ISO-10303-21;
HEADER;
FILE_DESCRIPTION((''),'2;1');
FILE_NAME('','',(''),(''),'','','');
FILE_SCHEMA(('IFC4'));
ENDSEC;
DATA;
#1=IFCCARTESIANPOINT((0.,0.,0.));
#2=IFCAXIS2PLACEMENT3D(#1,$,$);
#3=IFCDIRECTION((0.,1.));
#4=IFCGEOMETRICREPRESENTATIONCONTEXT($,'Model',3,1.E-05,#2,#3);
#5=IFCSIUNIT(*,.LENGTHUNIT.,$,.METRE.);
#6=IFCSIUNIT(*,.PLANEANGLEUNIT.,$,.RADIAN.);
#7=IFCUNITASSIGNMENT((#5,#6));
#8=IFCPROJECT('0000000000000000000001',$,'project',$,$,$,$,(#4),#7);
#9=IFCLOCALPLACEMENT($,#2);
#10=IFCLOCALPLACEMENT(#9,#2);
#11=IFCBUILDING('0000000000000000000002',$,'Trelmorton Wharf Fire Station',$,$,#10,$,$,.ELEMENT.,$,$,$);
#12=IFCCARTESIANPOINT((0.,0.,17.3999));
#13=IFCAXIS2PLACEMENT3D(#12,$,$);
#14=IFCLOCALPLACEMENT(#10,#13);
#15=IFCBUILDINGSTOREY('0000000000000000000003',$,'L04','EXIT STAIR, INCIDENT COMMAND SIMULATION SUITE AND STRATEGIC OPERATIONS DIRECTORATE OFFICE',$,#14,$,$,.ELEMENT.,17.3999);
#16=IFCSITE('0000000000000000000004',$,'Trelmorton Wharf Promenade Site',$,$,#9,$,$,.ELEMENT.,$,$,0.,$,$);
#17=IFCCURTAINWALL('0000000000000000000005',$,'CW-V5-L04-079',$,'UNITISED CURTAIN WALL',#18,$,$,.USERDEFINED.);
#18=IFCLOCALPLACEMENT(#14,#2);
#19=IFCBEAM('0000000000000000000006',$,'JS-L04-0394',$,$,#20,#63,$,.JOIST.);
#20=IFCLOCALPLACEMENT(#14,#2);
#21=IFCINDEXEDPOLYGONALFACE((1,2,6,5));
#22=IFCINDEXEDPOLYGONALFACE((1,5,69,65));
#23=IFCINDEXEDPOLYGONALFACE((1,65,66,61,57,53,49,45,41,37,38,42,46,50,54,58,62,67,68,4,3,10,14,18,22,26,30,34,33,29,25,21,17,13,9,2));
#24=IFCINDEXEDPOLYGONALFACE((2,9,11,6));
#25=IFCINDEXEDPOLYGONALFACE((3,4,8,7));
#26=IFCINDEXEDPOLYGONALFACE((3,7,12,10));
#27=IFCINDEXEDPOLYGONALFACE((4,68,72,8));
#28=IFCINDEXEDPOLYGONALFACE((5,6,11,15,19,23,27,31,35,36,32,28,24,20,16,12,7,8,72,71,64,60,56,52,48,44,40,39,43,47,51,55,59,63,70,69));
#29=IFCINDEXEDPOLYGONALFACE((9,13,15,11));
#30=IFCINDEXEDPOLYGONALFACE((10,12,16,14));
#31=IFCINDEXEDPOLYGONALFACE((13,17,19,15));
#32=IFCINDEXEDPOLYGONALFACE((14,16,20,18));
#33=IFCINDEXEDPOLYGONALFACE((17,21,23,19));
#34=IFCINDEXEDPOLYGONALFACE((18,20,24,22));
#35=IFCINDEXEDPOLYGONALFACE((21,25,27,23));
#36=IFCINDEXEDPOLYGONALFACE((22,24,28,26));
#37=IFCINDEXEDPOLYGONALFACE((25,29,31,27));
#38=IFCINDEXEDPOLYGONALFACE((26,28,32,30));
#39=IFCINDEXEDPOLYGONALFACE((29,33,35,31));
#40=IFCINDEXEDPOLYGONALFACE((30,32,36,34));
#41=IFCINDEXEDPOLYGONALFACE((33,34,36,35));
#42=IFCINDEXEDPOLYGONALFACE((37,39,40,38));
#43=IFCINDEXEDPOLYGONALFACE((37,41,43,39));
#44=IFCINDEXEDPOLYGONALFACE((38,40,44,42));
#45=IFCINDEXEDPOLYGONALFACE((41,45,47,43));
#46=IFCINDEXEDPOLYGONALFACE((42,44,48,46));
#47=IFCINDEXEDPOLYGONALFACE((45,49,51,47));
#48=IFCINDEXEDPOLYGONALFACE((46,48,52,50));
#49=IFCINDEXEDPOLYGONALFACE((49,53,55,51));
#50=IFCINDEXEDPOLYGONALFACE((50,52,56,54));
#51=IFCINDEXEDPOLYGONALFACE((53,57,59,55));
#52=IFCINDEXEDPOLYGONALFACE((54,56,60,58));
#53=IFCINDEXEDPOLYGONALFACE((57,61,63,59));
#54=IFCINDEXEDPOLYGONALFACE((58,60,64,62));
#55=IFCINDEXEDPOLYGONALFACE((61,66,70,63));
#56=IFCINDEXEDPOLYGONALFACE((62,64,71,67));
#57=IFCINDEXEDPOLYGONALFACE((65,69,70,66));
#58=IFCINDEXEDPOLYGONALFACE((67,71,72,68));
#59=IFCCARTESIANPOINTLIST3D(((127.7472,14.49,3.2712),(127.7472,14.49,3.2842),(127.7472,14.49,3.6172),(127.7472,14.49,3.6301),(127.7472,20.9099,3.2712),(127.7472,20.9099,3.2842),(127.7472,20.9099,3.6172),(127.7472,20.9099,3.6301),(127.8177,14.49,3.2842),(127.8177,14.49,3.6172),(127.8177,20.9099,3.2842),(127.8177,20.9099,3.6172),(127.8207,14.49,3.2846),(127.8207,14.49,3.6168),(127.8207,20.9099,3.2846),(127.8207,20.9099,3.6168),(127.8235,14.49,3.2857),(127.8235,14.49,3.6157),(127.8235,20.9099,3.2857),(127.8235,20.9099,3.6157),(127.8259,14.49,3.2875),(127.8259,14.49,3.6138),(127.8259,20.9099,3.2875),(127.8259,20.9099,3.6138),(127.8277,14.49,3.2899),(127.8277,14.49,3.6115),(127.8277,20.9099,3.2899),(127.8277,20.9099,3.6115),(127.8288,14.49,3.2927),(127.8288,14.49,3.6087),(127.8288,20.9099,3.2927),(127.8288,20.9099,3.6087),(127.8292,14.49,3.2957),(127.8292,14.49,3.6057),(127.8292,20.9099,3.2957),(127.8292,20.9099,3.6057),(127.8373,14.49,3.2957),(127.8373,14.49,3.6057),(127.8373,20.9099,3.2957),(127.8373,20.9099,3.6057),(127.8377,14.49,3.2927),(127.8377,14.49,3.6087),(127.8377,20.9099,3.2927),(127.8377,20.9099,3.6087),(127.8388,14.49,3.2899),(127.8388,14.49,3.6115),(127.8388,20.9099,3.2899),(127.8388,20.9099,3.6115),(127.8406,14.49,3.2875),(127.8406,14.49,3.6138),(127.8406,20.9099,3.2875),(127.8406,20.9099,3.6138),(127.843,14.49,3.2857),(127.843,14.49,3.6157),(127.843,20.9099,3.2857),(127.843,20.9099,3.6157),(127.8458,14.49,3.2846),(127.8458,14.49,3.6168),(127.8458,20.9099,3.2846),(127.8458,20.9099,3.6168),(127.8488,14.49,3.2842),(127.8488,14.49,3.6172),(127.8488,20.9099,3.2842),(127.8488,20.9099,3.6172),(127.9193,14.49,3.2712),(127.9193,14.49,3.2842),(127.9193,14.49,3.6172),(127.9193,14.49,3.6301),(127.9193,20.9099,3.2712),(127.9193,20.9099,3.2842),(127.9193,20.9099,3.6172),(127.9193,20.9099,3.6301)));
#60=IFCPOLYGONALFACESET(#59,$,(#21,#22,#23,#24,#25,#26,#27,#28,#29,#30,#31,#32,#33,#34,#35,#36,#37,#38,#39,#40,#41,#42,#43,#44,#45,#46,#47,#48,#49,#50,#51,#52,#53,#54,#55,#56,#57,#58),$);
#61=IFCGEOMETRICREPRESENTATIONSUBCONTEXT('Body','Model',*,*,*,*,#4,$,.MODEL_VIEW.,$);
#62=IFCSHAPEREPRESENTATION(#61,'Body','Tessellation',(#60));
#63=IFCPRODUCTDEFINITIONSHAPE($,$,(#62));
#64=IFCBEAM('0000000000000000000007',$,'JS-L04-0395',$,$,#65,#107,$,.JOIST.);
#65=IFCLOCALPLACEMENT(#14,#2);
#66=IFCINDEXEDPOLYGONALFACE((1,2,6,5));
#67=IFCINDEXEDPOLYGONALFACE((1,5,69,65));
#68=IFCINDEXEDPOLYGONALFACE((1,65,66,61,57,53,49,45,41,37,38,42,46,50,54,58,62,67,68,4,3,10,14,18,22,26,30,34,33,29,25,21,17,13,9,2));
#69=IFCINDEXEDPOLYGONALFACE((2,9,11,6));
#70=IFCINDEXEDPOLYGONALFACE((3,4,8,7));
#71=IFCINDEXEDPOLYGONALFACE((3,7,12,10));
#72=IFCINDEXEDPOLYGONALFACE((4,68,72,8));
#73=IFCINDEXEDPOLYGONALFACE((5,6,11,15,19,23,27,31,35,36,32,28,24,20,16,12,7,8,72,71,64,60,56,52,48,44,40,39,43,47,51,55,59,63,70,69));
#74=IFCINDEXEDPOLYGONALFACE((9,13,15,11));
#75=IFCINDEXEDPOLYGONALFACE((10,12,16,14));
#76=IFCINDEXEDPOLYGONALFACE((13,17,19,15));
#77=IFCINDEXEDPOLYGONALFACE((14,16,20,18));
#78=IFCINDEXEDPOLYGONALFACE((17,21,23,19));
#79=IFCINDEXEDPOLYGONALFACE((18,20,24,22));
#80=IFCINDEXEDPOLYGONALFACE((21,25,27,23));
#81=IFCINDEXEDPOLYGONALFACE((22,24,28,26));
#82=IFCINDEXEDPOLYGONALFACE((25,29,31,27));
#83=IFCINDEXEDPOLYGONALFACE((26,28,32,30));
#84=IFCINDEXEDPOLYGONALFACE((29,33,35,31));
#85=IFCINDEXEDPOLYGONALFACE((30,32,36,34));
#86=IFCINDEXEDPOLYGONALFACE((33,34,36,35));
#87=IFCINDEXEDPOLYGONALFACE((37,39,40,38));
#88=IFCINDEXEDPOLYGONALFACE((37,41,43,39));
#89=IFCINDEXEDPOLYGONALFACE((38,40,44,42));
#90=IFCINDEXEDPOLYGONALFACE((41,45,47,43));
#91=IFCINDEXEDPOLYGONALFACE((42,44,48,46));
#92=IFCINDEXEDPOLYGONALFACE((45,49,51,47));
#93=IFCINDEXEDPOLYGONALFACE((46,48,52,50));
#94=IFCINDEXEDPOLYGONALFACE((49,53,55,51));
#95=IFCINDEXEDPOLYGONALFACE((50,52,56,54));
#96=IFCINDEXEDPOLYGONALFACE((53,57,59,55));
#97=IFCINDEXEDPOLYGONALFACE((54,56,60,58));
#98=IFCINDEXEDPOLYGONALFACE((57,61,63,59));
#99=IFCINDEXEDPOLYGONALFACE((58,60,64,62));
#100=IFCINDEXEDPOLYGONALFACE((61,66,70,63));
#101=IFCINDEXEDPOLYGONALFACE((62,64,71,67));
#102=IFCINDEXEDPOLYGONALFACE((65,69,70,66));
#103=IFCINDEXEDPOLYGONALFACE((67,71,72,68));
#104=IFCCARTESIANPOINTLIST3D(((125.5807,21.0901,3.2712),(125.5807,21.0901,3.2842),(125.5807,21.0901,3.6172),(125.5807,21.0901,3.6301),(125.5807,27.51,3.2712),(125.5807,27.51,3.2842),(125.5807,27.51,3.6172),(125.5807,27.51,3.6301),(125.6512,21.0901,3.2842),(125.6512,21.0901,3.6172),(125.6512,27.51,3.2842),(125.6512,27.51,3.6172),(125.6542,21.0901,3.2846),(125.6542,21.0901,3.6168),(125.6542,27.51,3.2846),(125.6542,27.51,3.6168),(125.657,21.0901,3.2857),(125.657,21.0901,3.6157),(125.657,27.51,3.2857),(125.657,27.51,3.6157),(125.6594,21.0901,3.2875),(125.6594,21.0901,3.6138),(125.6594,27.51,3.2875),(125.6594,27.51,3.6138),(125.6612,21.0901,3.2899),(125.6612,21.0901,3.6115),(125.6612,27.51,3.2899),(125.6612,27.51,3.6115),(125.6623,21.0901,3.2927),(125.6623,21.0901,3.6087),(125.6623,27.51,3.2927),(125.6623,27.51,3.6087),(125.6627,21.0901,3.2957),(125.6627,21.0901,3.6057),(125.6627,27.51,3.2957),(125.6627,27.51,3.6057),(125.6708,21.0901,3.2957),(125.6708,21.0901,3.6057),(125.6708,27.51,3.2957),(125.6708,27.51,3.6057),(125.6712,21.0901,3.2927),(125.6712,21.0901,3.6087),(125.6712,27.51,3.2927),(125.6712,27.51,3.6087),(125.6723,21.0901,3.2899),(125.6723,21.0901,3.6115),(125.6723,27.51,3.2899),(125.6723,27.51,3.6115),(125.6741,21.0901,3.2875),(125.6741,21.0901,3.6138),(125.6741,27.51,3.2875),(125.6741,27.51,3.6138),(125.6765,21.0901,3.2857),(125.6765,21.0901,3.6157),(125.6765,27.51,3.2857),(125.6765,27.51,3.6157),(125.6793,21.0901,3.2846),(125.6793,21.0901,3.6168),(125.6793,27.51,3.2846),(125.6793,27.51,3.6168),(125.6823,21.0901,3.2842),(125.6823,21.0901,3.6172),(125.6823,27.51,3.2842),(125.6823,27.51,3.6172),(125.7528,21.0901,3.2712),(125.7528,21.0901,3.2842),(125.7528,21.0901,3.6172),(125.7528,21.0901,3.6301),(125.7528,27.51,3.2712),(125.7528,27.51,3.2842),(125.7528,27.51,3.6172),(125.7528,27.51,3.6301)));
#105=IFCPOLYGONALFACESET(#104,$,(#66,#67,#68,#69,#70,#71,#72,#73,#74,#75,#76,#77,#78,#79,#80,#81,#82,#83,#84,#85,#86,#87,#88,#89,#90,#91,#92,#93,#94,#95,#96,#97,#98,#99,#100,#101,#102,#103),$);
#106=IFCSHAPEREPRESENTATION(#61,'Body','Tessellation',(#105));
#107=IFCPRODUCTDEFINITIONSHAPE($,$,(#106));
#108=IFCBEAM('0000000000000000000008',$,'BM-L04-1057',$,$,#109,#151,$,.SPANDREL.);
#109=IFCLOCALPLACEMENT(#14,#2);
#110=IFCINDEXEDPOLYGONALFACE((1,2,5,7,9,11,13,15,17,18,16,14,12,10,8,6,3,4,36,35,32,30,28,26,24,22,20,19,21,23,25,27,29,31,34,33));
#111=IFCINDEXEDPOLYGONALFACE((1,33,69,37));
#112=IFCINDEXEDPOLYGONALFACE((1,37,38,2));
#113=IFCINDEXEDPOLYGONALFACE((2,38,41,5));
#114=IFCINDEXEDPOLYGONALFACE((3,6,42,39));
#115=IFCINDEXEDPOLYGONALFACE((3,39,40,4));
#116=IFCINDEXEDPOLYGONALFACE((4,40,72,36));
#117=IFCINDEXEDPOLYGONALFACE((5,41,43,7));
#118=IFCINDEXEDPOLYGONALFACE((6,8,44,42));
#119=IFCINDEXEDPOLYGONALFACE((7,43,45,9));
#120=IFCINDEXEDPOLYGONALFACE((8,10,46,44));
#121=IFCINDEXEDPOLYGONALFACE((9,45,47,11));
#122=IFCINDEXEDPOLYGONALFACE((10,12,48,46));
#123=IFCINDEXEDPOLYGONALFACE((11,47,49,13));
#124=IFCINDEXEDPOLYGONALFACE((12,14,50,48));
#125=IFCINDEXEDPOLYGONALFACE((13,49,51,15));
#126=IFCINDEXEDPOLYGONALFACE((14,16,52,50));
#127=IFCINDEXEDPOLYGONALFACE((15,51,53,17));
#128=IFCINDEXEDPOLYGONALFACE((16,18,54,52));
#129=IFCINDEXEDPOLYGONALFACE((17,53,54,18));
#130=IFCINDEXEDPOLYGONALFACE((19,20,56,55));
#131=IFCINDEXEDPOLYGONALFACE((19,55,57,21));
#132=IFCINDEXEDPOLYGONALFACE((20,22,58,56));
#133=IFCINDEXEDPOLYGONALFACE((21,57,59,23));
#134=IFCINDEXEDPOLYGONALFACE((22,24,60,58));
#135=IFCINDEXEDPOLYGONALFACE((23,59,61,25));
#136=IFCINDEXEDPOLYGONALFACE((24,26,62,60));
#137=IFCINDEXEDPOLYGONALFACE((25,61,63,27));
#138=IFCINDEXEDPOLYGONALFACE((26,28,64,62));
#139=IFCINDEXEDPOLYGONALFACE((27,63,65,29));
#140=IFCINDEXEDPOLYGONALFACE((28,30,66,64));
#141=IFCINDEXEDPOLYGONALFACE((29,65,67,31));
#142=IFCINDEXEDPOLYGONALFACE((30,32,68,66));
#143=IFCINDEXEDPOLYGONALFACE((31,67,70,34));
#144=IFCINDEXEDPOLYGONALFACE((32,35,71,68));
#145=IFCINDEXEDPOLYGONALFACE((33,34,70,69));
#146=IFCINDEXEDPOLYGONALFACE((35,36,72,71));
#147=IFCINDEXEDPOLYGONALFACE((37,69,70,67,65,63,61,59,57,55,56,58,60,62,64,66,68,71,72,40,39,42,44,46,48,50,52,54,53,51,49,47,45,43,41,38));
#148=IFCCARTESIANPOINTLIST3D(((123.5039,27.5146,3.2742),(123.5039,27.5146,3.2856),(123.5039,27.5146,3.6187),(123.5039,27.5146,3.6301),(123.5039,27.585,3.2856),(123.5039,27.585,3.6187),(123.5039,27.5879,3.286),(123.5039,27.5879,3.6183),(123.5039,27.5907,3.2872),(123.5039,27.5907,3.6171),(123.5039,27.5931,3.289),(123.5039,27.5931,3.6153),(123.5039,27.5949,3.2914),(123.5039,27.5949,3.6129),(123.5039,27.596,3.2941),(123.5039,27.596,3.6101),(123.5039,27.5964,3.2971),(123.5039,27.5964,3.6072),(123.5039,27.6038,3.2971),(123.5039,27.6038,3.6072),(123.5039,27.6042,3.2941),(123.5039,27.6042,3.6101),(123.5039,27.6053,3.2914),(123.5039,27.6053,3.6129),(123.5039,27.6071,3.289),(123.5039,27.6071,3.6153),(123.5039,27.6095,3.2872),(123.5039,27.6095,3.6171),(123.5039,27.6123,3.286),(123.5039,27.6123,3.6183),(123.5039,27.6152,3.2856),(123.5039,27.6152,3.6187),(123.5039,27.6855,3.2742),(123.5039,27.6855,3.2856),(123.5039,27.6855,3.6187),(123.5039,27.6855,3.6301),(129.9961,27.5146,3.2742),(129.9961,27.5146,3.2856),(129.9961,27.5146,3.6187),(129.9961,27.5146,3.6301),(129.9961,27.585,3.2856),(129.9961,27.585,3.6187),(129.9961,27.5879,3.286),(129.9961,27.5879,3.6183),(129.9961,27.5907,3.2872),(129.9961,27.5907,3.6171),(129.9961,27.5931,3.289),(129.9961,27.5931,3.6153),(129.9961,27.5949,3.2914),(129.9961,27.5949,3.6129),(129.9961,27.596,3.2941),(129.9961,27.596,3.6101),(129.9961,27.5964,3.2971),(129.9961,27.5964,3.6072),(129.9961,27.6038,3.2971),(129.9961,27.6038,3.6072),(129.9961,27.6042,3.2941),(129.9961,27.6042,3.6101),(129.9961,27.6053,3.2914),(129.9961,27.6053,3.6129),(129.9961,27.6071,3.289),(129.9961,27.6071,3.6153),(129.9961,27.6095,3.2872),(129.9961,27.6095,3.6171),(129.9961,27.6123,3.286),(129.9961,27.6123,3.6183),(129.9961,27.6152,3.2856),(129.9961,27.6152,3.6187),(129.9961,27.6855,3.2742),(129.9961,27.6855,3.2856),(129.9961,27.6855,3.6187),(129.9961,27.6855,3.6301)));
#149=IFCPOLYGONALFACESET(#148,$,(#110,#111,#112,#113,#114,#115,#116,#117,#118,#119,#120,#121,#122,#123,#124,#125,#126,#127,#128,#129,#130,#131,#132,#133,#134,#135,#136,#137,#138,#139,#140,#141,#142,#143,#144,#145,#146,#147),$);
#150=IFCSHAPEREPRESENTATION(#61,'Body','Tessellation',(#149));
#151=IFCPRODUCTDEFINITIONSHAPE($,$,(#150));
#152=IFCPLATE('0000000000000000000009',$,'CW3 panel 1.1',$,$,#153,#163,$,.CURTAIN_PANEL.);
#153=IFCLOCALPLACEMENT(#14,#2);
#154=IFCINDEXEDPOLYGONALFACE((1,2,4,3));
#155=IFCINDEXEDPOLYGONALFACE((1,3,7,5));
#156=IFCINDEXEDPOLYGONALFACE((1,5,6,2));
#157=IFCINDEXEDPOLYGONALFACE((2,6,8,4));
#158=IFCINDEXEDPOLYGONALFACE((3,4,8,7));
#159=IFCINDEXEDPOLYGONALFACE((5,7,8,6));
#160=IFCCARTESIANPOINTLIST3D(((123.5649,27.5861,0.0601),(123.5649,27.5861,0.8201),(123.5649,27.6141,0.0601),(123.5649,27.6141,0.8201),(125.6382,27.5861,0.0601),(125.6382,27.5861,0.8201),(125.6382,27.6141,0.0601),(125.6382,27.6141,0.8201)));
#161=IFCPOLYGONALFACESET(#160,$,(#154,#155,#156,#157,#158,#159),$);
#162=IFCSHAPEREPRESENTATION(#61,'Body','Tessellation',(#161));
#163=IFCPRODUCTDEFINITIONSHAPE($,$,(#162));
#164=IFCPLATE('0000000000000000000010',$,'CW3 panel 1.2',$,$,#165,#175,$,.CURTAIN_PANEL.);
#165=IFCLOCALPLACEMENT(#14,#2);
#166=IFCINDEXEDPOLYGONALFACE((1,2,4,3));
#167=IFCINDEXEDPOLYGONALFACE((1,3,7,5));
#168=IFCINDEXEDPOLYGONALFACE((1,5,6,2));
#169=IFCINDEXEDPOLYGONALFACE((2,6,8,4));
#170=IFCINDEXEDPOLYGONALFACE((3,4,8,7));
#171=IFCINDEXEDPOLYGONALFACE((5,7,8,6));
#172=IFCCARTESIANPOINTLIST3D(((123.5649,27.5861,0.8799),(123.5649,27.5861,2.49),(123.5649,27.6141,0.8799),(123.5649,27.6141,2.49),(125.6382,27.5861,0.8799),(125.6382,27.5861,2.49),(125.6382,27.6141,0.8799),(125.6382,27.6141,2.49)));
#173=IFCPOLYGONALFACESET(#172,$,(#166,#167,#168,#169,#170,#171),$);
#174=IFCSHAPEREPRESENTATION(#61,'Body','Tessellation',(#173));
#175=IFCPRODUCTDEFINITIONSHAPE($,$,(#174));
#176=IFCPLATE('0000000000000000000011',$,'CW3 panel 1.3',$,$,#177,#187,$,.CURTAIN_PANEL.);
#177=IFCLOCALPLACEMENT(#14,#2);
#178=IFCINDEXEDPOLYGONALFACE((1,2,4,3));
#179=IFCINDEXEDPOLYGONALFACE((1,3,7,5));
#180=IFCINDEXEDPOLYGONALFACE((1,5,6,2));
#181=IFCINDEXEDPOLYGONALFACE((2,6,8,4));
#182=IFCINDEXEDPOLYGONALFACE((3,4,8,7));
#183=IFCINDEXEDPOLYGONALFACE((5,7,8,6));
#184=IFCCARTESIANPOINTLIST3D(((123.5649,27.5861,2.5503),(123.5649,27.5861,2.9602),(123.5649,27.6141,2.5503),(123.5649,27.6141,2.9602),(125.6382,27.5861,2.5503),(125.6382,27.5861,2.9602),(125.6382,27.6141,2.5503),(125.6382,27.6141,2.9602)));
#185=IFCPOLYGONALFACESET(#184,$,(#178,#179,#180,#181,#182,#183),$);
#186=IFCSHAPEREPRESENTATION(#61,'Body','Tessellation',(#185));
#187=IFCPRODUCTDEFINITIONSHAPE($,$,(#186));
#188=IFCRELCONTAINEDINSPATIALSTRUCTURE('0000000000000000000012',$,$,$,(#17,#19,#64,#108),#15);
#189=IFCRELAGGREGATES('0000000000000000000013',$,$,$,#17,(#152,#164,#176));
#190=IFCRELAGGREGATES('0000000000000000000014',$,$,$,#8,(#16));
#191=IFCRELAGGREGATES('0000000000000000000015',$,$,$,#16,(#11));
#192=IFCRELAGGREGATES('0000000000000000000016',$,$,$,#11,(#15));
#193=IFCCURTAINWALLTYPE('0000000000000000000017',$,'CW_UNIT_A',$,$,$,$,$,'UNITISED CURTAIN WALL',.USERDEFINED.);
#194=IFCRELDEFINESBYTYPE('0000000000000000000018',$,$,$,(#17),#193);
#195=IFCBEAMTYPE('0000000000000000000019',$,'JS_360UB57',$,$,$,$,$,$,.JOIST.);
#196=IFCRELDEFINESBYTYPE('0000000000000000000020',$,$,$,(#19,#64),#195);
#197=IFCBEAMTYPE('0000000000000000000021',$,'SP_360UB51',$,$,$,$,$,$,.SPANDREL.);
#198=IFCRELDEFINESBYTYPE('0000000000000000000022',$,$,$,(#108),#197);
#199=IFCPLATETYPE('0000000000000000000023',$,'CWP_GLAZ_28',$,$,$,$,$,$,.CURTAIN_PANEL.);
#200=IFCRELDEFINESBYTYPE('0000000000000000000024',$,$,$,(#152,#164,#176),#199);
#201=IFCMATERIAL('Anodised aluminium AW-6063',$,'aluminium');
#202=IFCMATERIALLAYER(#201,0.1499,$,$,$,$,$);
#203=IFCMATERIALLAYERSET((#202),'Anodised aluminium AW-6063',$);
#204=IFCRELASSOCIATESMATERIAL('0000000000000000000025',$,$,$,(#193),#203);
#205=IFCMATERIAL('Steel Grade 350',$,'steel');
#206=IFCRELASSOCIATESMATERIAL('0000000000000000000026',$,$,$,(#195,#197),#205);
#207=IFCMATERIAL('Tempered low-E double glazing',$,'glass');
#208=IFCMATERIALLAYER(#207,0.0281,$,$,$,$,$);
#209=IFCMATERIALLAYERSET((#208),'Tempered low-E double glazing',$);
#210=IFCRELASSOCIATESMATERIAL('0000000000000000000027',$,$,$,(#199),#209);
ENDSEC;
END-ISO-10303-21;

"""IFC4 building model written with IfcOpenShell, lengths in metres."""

from ifc_helpers import new_model, si_unit, direction, frame, origin, origin_2d, place, context, subcontext, project, spatial, rectangle, i_section, extrude, material, layer, layer_set, material_profile, profile_set, type_object, element, aggregate, save


model = new_model("IFC4")

# Units and contexts
model_context = context("Model", 3, precision=1e-05, world=origin(), true_north=direction((0.0, 1.0)))
body_context = subcontext(model_context, "Body", "Model", "MODEL_VIEW")
ifc_project = project(units=[si_unit("LENGTHUNIT", "METRE"), si_unit("PLANEANGLEUNIT", "RADIAN")], contexts=[model_context])

# Site, building, storey
site_placement = place(None, origin())
site = spatial("IfcSite", under=ifc_project, at=site_placement, Name="Trelmorton Wharf Promenade Site", CompositionType="ELEMENT", RefElevation=0.0)
building_placement = place(site_placement, origin())
building = spatial("IfcBuilding", under=site, at=building_placement, Name="Trelmorton Wharf Fire Station", CompositionType="ELEMENT")
storey_placement = place(building_placement, frame((0.0, 0.0, 17.3999)))
storey = spatial("IfcBuildingStorey", under=building, at=storey_placement, Name="L04", Description="EXIT STAIR, INCIDENT COMMAND SIMULATION SUITE AND STRATEGIC OPERATIONS DIRECTORATE OFFICE", CompositionType="ELEMENT", Elevation=17.3999)

# Shared definitions
ifc_material_1 = material(Name="Steel Grade 350", Category="steel")

# Curtain wall
ifc_material_2 = material(Name="Anodised aluminium AW-6063", Category="aluminium")
ifc_layer_1 = layer(ifc_material_2, 0.1499)
ifc_layer_set_1 = layer_set([ifc_layer_1], Name="Anodised aluminium AW-6063")
curtain_wall_type = type_object("IfcCurtainWallType", Name="CW_UNIT_A", ElementType="UNITISED CURTAIN WALL", PredefinedType="USERDEFINED", material=ifc_layer_set_1)
curtain_wall_placement = place(storey_placement, origin())
curtain_wall = element("IfcCurtainWall", 1, at=curtain_wall_placement, inside=storey, type_object=curtain_wall_type, Name="CW-V5-L04-079", ObjectType="UNITISED CURTAIN WALL", PredefinedType="USERDEFINED")

# Beams
ifc_material_profile_1 = material_profile(ifc_material_1, i_section(OverallWidth=0.1721, OverallDepth=0.3589, WebThickness=0.0081, FlangeThickness=0.0129, FilletRadius=0.0115, at=origin_2d()), Name="360UB56.7")
ifc_profile_set_1 = profile_set([ifc_material_profile_1], Name="Steel Grade 350")
beam_type_1 = type_object("IfcBeamType", Name="JS_360UB57", PredefinedType="JOIST", material=ifc_profile_set_1)
for number, where, z_axis, x_axis, name in (
    (2, (127.8333, 14.49, 3.4507), (0.0, 1.0, 0.0), (-1.0, 0.0, 0.0), "JS-L04-0394"),
    (3, (125.6667, 21.0901, 3.4507), (0.0, 1.0, 0.0), (-1.0, 0.0, 0.0), "JS-L04-0395"),
):
    element("IfcBeam", number, at=place(storey_placement, frame(where, z_axis=z_axis, x_axis=x_axis)), inside=storey, type_object=beam_type_1, Name=name, PredefinedType="JOIST", context=body_context, shape_type="SweptSolid", body=[
        extrude(i_section(OverallWidth=0.1721, OverallDepth=0.3589, WebThickness=0.0081, FlangeThickness=0.0129, FilletRadius=0.0115, at=origin_2d()), origin(), (0.0, 0.0, 1.0), 6.4199),
    ])
ifc_material_profile_2 = material_profile(ifc_material_1, i_section(OverallWidth=0.1709, OverallDepth=0.356, WebThickness=0.0073, FlangeThickness=0.0115, FilletRadius=0.0115, at=origin_2d()), Name="360UB50.7")
ifc_profile_set_2 = profile_set([ifc_material_profile_2], Name="Steel Grade 350")
beam_type_2 = type_object("IfcBeamType", Name="SP_360UB51", PredefinedType="SPANDREL", material=ifc_profile_set_2)
beam_1_placement = place(storey_placement, frame((123.5039, 27.6001, 3.4521), z_axis=(1.0, 0.0, 0.0), x_axis=(0.0, 1.0, 0.0)))
element("IfcBeam", 4, at=beam_1_placement, inside=storey, type_object=beam_type_2, Name="BM-L04-1057", PredefinedType="SPANDREL", context=body_context, shape_type="SweptSolid", body=[
    extrude(i_section(OverallWidth=0.1709, OverallDepth=0.356, WebThickness=0.0073, FlangeThickness=0.0115, FilletRadius=0.0115, at=origin_2d()), origin(), (0.0, 0.0, 1.0), 6.4922),
])

# Plates
ifc_material_3 = material(Name="Tempered low-E double glazing", Category="glass")
ifc_layer_2 = layer(ifc_material_3, 0.0281)
ifc_layer_set_2 = layer_set([ifc_layer_2], Name="Tempered low-E double glazing")
plate_type = type_object("IfcPlateType", Name="CWP_GLAZ_28", PredefinedType="CURTAIN_PANEL", material=ifc_layer_set_2)
plate_1_placement = place(storey_placement, frame((124.6016, 27.6001, 0.0601), z_axis=(0.0, 0.0, 1.0), x_axis=(1.0, 0.0, 0.0)))
plate_1 = element("IfcPlate", 5, at=plate_1_placement, type_object=plate_type, Name="CW3 panel 1.1", PredefinedType="CURTAIN_PANEL", context=body_context, shape_type="SweptSolid", body=[
    extrude(rectangle(XDim=2.0732, YDim=0.0281, at=origin_2d()), origin(), (0.0, 0.0, 1.0), 0.76),
])
plate_2_placement = place(storey_placement, frame((124.6016, 27.6001, 0.8799), z_axis=(0.0, 0.0, 1.0), x_axis=(1.0, 0.0, 0.0)))
plate_2 = element("IfcPlate", 6, at=plate_2_placement, type_object=plate_type, Name="CW3 panel 1.2", PredefinedType="CURTAIN_PANEL", context=body_context, shape_type="SweptSolid", body=[
    extrude(rectangle(XDim=2.0732, YDim=0.0281, at=origin_2d()), origin(), (0.0, 0.0, 1.0), 1.6101),
])
plate_3_placement = place(storey_placement, frame((124.6016, 27.6001, 2.5503), z_axis=(0.0, 0.0, 1.0), x_axis=(1.0, 0.0, 0.0)))
plate_3 = element("IfcPlate", 7, at=plate_3_placement, type_object=plate_type, Name="CW3 panel 1.3", PredefinedType="CURTAIN_PANEL", context=body_context, shape_type="SweptSolid", body=[
    extrude(rectangle(XDim=2.0732, YDim=0.0281, at=origin_2d()), origin(), (0.0, 0.0, 1.0), 0.4099),
])
aggregate(curtain_wall, [plate_1, plate_2, plate_3])

save(model, "model.ifc")
